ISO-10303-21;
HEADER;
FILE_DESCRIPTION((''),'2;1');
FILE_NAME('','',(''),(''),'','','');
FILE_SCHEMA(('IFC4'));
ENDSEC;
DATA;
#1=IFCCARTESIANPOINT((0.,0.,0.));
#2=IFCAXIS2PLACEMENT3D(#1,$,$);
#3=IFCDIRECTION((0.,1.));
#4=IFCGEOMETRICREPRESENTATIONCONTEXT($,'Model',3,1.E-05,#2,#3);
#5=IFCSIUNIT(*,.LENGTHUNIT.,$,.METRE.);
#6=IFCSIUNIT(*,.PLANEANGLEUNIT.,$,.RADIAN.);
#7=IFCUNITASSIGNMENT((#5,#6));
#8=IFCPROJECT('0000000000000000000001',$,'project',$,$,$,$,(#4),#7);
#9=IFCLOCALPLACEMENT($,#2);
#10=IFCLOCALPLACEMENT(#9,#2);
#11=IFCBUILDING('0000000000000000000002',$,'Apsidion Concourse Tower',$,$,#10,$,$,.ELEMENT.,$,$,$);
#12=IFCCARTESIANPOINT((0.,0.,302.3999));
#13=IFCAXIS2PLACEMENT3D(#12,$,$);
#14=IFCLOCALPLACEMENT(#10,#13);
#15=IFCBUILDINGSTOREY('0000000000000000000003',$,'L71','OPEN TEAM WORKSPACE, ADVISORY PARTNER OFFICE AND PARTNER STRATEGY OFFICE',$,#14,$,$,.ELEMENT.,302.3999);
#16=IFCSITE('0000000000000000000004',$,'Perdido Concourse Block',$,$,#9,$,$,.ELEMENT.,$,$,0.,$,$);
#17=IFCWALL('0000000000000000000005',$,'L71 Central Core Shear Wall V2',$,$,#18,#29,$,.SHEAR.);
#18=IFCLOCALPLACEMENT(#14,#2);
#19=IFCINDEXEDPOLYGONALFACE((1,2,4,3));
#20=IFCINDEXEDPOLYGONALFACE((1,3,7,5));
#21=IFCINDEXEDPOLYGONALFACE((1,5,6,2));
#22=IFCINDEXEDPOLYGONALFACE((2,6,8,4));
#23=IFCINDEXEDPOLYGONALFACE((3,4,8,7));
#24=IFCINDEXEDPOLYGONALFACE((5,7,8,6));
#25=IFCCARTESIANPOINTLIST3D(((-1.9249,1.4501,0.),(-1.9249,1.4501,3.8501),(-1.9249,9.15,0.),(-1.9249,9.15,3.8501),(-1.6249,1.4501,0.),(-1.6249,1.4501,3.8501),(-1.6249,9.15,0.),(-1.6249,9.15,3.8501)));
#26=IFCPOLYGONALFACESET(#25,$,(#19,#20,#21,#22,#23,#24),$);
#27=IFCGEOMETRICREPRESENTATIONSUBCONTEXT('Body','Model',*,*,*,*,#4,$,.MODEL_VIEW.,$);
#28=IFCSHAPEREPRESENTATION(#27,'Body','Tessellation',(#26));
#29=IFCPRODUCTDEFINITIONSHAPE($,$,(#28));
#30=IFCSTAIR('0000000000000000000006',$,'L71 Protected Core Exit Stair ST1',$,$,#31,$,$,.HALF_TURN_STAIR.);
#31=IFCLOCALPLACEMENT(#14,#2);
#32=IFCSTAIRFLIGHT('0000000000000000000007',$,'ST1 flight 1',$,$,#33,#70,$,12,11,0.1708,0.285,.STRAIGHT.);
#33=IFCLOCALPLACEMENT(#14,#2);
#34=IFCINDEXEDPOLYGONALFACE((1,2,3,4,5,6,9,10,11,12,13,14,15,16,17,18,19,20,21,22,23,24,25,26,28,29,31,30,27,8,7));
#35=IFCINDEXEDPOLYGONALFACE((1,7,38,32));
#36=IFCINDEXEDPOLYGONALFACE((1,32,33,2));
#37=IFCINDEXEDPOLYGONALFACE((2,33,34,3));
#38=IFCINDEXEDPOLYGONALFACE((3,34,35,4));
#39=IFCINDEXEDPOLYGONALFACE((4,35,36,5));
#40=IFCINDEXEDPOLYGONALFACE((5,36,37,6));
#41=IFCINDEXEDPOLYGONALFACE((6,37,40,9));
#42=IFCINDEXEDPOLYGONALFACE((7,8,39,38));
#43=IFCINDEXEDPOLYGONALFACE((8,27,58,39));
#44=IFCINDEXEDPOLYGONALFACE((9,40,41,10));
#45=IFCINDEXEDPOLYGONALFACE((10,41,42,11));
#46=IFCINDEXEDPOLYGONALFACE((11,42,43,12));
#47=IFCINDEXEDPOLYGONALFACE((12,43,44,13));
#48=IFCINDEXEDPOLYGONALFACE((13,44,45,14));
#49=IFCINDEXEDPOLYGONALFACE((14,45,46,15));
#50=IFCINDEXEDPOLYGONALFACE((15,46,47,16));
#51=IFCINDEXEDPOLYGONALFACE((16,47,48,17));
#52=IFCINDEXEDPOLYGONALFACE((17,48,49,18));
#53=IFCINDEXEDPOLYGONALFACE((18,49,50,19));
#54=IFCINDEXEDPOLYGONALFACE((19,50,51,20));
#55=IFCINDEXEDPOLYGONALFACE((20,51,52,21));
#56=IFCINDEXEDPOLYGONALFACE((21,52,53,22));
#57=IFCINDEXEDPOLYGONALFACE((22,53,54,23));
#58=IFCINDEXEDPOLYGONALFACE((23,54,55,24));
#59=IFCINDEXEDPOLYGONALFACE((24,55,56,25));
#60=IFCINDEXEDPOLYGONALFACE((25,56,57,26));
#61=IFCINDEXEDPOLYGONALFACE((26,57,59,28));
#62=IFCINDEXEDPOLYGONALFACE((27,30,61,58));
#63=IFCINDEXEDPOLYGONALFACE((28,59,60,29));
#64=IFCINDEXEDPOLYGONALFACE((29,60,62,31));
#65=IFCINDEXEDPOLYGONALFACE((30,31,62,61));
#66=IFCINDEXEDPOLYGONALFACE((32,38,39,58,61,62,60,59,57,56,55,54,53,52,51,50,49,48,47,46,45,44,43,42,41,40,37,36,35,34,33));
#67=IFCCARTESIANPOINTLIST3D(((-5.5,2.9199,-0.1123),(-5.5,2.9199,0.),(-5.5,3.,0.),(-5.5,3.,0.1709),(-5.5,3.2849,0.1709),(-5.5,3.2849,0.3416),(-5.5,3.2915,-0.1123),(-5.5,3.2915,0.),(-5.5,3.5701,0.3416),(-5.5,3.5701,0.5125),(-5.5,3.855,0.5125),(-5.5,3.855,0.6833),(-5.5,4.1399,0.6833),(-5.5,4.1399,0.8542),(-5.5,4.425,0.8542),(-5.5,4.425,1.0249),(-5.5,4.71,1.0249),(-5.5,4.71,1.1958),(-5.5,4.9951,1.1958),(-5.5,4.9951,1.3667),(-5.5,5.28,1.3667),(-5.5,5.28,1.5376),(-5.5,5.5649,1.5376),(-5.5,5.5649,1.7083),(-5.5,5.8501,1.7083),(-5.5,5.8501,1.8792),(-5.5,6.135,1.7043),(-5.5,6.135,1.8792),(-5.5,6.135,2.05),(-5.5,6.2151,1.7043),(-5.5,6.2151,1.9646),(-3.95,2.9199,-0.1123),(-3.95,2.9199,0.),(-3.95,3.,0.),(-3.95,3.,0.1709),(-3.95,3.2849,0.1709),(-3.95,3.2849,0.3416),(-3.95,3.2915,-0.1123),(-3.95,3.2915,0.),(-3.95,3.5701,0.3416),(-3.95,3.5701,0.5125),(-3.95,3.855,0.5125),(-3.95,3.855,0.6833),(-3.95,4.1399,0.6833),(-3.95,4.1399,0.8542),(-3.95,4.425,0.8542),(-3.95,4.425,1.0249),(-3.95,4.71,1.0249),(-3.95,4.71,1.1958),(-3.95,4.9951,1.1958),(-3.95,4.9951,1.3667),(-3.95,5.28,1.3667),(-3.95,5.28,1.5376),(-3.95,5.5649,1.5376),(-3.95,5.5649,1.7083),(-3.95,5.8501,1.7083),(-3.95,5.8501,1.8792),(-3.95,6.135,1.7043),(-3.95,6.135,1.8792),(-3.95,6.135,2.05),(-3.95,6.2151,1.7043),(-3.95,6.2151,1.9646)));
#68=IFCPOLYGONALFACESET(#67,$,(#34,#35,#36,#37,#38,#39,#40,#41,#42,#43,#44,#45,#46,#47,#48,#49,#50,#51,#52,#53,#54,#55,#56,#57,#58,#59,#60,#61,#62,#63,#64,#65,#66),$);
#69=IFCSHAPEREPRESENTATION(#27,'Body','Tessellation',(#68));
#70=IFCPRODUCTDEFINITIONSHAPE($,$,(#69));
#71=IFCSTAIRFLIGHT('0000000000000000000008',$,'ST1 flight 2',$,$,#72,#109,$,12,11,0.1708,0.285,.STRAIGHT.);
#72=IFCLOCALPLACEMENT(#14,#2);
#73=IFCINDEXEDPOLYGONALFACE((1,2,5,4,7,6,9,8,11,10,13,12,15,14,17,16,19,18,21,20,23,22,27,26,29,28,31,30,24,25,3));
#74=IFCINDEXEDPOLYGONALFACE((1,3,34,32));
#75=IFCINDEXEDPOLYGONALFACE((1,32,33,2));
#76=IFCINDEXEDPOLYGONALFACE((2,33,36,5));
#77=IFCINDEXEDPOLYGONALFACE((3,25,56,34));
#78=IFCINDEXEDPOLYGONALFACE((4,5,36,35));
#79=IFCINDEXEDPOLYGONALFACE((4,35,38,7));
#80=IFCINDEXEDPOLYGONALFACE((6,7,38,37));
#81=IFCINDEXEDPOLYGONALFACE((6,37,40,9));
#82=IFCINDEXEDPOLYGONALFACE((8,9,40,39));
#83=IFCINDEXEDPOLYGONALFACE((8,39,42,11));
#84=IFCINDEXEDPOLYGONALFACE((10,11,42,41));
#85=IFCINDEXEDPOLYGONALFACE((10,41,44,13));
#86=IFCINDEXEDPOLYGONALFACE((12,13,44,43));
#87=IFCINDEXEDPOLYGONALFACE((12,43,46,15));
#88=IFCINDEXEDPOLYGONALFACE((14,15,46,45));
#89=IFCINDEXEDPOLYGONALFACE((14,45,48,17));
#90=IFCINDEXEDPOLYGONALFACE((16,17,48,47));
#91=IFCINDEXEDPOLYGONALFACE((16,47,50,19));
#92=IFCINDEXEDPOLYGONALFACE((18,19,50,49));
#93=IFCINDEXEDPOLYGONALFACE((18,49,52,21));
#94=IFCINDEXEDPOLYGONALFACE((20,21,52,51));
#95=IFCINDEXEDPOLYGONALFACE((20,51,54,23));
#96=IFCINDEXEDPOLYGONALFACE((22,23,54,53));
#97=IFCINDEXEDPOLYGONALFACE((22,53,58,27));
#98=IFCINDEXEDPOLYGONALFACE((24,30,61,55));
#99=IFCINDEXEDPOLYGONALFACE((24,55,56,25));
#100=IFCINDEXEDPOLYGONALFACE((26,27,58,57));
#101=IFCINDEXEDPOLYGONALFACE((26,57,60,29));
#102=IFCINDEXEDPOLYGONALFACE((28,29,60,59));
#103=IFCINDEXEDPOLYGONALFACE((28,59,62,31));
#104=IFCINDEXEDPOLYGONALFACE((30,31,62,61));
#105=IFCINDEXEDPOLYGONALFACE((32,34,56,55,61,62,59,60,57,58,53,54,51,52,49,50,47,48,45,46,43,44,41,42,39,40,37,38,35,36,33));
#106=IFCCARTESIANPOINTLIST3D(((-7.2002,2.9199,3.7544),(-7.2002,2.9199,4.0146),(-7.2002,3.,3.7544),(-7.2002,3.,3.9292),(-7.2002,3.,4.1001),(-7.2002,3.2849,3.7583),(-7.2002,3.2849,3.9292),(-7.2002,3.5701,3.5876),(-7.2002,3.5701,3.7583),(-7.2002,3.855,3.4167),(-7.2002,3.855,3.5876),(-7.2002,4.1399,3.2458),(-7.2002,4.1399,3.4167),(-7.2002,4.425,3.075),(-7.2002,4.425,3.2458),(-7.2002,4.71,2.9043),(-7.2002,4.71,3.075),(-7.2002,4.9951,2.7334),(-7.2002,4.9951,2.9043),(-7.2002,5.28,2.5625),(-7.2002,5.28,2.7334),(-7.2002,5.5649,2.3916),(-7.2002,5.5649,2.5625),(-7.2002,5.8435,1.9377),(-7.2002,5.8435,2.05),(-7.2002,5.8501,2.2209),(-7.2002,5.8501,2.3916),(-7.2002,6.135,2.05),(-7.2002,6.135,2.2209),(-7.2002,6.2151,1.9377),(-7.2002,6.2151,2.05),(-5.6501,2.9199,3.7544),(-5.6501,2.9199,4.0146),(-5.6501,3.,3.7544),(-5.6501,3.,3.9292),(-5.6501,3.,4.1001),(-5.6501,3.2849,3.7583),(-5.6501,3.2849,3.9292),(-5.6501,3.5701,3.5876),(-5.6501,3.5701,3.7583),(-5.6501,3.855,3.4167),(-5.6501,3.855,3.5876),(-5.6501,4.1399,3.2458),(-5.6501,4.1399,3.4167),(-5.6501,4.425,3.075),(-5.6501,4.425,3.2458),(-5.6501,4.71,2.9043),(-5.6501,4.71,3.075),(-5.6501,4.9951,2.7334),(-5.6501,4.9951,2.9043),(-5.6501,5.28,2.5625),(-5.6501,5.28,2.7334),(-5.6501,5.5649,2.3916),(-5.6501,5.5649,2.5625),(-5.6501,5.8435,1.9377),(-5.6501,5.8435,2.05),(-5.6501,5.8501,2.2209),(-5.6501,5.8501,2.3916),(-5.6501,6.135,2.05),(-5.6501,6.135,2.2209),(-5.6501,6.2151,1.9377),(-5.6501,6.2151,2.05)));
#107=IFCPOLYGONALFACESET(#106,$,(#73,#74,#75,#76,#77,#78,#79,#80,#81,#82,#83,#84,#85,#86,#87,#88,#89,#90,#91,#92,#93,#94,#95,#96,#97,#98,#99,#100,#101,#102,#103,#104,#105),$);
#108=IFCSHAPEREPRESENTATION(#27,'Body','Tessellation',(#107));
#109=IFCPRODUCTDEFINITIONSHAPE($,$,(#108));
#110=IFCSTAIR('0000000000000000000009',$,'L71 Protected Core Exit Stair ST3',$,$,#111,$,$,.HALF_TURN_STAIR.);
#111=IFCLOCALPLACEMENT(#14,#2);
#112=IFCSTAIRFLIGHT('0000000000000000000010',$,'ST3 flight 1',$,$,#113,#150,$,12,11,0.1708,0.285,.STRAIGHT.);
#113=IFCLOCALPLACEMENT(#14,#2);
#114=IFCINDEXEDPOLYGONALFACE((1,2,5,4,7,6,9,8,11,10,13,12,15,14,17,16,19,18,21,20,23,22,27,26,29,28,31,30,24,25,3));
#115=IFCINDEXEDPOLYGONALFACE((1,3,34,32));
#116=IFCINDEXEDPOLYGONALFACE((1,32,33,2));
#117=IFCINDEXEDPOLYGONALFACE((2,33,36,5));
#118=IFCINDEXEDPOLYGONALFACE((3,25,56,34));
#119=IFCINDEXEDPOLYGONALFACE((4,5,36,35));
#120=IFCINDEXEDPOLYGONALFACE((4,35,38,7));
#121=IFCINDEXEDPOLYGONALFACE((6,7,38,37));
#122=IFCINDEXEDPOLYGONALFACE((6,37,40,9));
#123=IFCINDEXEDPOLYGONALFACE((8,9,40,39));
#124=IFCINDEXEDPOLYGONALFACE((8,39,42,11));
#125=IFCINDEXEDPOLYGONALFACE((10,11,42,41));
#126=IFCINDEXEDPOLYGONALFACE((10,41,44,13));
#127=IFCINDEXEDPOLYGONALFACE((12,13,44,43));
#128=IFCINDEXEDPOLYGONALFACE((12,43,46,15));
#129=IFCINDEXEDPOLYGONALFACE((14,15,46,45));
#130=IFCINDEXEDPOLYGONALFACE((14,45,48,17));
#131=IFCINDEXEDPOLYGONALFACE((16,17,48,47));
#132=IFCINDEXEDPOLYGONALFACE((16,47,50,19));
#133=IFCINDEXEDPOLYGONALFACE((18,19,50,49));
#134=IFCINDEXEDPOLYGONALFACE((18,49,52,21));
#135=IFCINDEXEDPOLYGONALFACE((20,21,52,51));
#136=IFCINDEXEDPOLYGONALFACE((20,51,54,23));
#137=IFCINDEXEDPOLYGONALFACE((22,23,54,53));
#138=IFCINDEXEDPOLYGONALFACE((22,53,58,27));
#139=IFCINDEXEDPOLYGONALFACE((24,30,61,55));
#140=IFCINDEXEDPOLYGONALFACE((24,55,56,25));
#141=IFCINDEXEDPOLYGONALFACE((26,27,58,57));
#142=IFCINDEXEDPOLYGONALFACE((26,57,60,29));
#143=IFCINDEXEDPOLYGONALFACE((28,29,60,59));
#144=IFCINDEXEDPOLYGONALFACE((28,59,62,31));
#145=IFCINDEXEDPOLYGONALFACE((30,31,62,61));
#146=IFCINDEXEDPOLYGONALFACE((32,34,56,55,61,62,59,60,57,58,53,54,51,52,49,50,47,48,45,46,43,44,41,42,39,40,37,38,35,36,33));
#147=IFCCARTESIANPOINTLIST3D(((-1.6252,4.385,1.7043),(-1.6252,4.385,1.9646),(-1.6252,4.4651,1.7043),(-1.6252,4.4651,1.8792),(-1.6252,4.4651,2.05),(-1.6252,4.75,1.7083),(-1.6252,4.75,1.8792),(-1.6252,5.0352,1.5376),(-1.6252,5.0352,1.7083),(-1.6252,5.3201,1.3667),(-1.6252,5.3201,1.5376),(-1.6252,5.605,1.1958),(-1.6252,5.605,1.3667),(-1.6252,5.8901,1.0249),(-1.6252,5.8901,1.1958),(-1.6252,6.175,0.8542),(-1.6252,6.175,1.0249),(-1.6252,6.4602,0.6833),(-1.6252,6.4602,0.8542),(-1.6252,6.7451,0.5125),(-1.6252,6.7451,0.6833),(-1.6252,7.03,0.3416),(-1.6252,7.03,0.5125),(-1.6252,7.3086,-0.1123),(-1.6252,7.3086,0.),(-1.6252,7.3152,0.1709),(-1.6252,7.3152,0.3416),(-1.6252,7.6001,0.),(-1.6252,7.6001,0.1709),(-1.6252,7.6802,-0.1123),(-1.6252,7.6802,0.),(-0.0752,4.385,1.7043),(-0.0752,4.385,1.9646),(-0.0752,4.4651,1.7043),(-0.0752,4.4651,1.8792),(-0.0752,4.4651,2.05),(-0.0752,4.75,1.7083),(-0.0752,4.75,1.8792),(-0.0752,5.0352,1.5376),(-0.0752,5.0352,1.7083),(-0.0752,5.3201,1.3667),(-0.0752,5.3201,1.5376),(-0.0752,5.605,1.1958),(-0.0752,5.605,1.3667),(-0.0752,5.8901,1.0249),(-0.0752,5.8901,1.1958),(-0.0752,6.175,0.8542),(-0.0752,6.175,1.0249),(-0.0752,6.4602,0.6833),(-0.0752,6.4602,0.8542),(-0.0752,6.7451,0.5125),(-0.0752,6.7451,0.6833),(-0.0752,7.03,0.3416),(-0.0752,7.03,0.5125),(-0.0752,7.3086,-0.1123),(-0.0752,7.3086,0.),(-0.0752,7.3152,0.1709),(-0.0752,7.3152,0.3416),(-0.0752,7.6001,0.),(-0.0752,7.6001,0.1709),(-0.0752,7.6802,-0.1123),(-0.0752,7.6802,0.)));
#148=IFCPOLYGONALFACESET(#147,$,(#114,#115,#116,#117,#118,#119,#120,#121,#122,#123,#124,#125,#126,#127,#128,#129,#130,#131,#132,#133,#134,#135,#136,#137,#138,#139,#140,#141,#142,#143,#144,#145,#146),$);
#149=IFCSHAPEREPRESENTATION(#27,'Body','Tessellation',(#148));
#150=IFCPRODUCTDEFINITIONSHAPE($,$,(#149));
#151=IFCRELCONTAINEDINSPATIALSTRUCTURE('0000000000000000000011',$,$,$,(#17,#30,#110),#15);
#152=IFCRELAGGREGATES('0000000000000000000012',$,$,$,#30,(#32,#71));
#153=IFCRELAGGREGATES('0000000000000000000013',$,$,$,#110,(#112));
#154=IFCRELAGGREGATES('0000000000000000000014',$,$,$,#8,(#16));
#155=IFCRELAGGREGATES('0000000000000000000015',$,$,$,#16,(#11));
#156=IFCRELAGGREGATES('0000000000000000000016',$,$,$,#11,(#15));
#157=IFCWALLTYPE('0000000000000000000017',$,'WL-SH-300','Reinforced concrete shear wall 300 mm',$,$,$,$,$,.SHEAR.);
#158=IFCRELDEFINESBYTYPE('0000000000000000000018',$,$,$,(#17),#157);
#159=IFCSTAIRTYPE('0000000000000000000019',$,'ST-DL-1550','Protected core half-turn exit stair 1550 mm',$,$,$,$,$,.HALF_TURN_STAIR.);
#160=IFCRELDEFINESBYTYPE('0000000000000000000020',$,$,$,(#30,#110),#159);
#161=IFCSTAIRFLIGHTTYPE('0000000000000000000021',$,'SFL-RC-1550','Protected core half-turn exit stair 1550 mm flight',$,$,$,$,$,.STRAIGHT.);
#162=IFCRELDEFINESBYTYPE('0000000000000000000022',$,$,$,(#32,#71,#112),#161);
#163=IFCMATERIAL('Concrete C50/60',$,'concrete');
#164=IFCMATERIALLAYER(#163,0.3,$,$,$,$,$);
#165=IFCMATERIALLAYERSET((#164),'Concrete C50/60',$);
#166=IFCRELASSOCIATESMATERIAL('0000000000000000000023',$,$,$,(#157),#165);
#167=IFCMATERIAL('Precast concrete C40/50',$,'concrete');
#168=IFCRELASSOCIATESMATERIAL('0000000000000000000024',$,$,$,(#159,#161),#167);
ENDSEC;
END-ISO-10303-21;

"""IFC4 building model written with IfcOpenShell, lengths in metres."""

from ifc_helpers import new_model, si_unit, direction, frame, frame_2d, origin, place, context, subcontext, project, spatial, polyline, rectangle, outline, extrude, material, layer, layer_set, type_object, element, aggregate, save


model = new_model("IFC4")

# Units and contexts
model_context = context("Model", 3, precision=1e-05, world=origin(), true_north=direction((0.0, 1.0)))
body_context = subcontext(model_context, "Body", "Model", "MODEL_VIEW")
ifc_project = project(units=[si_unit("LENGTHUNIT", "METRE"), si_unit("PLANEANGLEUNIT", "RADIAN")], contexts=[model_context])

# Site, building, storey
site_placement = place(None, origin())
site = spatial("IfcSite", under=ifc_project, at=site_placement, Name="Perdido Concourse Block", CompositionType="ELEMENT", RefElevation=0.0)
building_placement = place(site_placement, origin())
building = spatial("IfcBuilding", under=site, at=building_placement, Name="Apsidion Concourse Tower", CompositionType="ELEMENT")
storey_placement = place(building_placement, frame((0.0, 0.0, 302.3999)))
storey = spatial("IfcBuildingStorey", under=building, at=storey_placement, Name="L71", Description="OPEN TEAM WORKSPACE, ADVISORY PARTNER OFFICE AND PARTNER STRATEGY OFFICE", CompositionType="ELEMENT", Elevation=302.3999)

# Shared definitions
ifc_material_1 = material(Name="Concrete C50/60", Category="concrete")

# Wall
ifc_layer_1 = layer(ifc_material_1, 0.3)
ifc_layer_set_1 = layer_set([ifc_layer_1], Name="Concrete C50/60")
wall_type_1 = type_object("IfcWallType", Name="WL-SH-300", Description="Reinforced concrete shear wall 300 mm", PredefinedType="SHEAR", material=ifc_layer_set_1)
wall_1_placement = place(storey_placement, frame((-1.7749, 1.45, 0.0), z_axis=(0.0, 0.0, 1.0), x_axis=(0.0, 1.0, 0.0)))
element("IfcWall", 1, at=wall_1_placement, inside=storey, type_object=wall_type_1, Name="L71 Central Core Shear Wall V2", PredefinedType="SHEAR", context=body_context, shape_type="SweptSolid", body=[
    extrude(rectangle(XDim=7.7, YDim=0.3, at=frame_2d((3.8501, 0.0))), origin(), (0.0, 0.0, 1.0), 3.8501),
])

# Stair, stair flights
ifc_material_2 = material(Name="Precast concrete C40/50", Category="concrete")
stair_type = type_object("IfcStairType", Name="ST-DL-1550", Description="Protected core half-turn exit stair 1550 mm", PredefinedType="HALF_TURN_STAIR", material=ifc_material_2)
stair_1_placement = place(storey_placement, origin())
stair_1 = element("IfcStair", 2, at=stair_1_placement, inside=storey, type_object=stair_type, Name="L71 Protected Core Exit Stair ST1", PredefinedType="HALF_TURN_STAIR")
stair_flight_type = type_object("IfcStairFlightType", Name="SFL-RC-1550", Description="Protected core half-turn exit stair 1550 mm flight", PredefinedType="STRAIGHT", material=ifc_material_2)
stair_flight_1_placement = place(storey_placement, frame((-4.7251, 3.0, 0.0), z_axis=(0.0, 0.0, 1.0), x_axis=(0.0, 1.0, 0.0)))
stair_flight_1 = element("IfcStairFlight", 3, at=stair_flight_1_placement, type_object=stair_flight_type, Name="ST1 flight 1", NumberOfRisers=12, NumberOfTreads=11, PredefinedType="STRAIGHT", RiserHeight=0.1708, TreadLength=0.285, context=body_context, shape_type="SweptSolid", body=[
    extrude(outline(polyline([(-0.0801, -0.1123), (-0.0801, 0.0), (0.0, 0.0), (0.0, 0.1709), (0.2849, 0.1709), (0.2849, 0.3416), (0.5701, 0.3416), (0.5701, 0.5125), (0.855, 0.5125), (0.855, 0.6833), (1.1399, 0.6833), (1.1399, 0.8542), (1.425, 0.8542), (1.425, 1.0249), (1.71, 1.0249), (1.71, 1.1958), (1.9951, 1.1958), (1.9951, 1.3667), (2.28, 1.3667), (2.28, 1.5376), (2.5649, 1.5376), (2.5649, 1.7083), (2.8501, 1.7083), (2.8501, 1.8792), (3.135, 1.8792), (3.135, 2.05), (3.2151, 1.9646), (3.2151, 1.7043), (3.135, 1.7043), (0.2915, 0.0), (0.2915, -0.1123), (-0.0801, -0.1123)])), frame((0.0, 0.7749, 0.0), z_axis=(0.0, -1.0, 0.0), x_axis=(1.0, 0.0, 0.0)), (0.0, 0.0, 1.0), 1.55),
])
stair_flight_2_placement = place(storey_placement, frame((-6.425, 6.135, 2.05), z_axis=(0.0, 0.0, 1.0), x_axis=(0.0, -1.0, 0.0)))
stair_flight_2 = element("IfcStairFlight", 4, at=stair_flight_2_placement, type_object=stair_flight_type, Name="ST1 flight 2", NumberOfRisers=12, NumberOfTreads=11, PredefinedType="STRAIGHT", RiserHeight=0.1708, TreadLength=0.285, context=body_context, shape_type="SweptSolid", body=[
    extrude(outline(polyline([(-0.0801, -0.1123), (-0.0801, 0.0), (0.0, 0.0), (0.0, 0.1709), (0.2849, 0.1709), (0.2849, 0.3416), (0.5701, 0.3416), (0.5701, 0.5125), (0.855, 0.5125), (0.855, 0.6833), (1.1399, 0.6833), (1.1399, 0.8542), (1.425, 0.8542), (1.425, 1.0249), (1.71, 1.0249), (1.71, 1.1958), (1.9951, 1.1958), (1.9951, 1.3667), (2.28, 1.3667), (2.28, 1.5376), (2.5649, 1.5376), (2.5649, 1.7083), (2.8501, 1.7083), (2.8501, 1.8792), (3.135, 1.8792), (3.135, 2.05), (3.2151, 1.9646), (3.2151, 1.7043), (3.135, 1.7043), (0.2915, 0.0), (0.2915, -0.1123), (-0.0801, -0.1123)])), frame((0.0, 0.7749, 0.0), z_axis=(0.0, -1.0, 0.0), x_axis=(1.0, 0.0, 0.0)), (0.0, 0.0, 1.0), 1.55),
])
aggregate(stair_1, [stair_flight_1, stair_flight_2])

# Stair, stair flight
stair_2_placement = place(storey_placement, origin())
stair_2 = element("IfcStair", 5, at=stair_2_placement, inside=storey, type_object=stair_type, Name="L71 Protected Core Exit Stair ST3", PredefinedType="HALF_TURN_STAIR")
stair_flight_3_placement = place(storey_placement, frame((-0.8501, 7.6001, 0.0), z_axis=(0.0, 0.0, 1.0), x_axis=(0.0, -1.0, 0.0)))
stair_flight_3 = element("IfcStairFlight", 6, at=stair_flight_3_placement, type_object=stair_flight_type, Name="ST3 flight 1", NumberOfRisers=12, NumberOfTreads=11, PredefinedType="STRAIGHT", RiserHeight=0.1708, TreadLength=0.285, context=body_context, shape_type="SweptSolid", body=[
    extrude(outline(polyline([(-0.0801, -0.1123), (-0.0801, 0.0), (0.0, 0.0), (0.0, 0.1709), (0.2849, 0.1709), (0.2849, 0.3416), (0.5701, 0.3416), (0.5701, 0.5125), (0.855, 0.5125), (0.855, 0.6833), (1.1399, 0.6833), (1.1399, 0.8542), (1.425, 0.8542), (1.425, 1.0249), (1.71, 1.0249), (1.71, 1.1958), (1.9951, 1.1958), (1.9951, 1.3667), (2.28, 1.3667), (2.28, 1.5376), (2.5649, 1.5376), (2.5649, 1.7083), (2.8501, 1.7083), (2.8501, 1.8792), (3.135, 1.8792), (3.135, 2.05), (3.2151, 1.9646), (3.2151, 1.7043), (3.135, 1.7043), (0.2915, 0.0), (0.2915, -0.1123), (-0.0801, -0.1123)])), frame((0.0, 0.7749, 0.0), z_axis=(0.0, -1.0, 0.0), x_axis=(1.0, 0.0, 0.0)), (0.0, 0.0, 1.0), 1.55),
])
aggregate(stair_2, [stair_flight_3])

save(model, "model.ifc")
